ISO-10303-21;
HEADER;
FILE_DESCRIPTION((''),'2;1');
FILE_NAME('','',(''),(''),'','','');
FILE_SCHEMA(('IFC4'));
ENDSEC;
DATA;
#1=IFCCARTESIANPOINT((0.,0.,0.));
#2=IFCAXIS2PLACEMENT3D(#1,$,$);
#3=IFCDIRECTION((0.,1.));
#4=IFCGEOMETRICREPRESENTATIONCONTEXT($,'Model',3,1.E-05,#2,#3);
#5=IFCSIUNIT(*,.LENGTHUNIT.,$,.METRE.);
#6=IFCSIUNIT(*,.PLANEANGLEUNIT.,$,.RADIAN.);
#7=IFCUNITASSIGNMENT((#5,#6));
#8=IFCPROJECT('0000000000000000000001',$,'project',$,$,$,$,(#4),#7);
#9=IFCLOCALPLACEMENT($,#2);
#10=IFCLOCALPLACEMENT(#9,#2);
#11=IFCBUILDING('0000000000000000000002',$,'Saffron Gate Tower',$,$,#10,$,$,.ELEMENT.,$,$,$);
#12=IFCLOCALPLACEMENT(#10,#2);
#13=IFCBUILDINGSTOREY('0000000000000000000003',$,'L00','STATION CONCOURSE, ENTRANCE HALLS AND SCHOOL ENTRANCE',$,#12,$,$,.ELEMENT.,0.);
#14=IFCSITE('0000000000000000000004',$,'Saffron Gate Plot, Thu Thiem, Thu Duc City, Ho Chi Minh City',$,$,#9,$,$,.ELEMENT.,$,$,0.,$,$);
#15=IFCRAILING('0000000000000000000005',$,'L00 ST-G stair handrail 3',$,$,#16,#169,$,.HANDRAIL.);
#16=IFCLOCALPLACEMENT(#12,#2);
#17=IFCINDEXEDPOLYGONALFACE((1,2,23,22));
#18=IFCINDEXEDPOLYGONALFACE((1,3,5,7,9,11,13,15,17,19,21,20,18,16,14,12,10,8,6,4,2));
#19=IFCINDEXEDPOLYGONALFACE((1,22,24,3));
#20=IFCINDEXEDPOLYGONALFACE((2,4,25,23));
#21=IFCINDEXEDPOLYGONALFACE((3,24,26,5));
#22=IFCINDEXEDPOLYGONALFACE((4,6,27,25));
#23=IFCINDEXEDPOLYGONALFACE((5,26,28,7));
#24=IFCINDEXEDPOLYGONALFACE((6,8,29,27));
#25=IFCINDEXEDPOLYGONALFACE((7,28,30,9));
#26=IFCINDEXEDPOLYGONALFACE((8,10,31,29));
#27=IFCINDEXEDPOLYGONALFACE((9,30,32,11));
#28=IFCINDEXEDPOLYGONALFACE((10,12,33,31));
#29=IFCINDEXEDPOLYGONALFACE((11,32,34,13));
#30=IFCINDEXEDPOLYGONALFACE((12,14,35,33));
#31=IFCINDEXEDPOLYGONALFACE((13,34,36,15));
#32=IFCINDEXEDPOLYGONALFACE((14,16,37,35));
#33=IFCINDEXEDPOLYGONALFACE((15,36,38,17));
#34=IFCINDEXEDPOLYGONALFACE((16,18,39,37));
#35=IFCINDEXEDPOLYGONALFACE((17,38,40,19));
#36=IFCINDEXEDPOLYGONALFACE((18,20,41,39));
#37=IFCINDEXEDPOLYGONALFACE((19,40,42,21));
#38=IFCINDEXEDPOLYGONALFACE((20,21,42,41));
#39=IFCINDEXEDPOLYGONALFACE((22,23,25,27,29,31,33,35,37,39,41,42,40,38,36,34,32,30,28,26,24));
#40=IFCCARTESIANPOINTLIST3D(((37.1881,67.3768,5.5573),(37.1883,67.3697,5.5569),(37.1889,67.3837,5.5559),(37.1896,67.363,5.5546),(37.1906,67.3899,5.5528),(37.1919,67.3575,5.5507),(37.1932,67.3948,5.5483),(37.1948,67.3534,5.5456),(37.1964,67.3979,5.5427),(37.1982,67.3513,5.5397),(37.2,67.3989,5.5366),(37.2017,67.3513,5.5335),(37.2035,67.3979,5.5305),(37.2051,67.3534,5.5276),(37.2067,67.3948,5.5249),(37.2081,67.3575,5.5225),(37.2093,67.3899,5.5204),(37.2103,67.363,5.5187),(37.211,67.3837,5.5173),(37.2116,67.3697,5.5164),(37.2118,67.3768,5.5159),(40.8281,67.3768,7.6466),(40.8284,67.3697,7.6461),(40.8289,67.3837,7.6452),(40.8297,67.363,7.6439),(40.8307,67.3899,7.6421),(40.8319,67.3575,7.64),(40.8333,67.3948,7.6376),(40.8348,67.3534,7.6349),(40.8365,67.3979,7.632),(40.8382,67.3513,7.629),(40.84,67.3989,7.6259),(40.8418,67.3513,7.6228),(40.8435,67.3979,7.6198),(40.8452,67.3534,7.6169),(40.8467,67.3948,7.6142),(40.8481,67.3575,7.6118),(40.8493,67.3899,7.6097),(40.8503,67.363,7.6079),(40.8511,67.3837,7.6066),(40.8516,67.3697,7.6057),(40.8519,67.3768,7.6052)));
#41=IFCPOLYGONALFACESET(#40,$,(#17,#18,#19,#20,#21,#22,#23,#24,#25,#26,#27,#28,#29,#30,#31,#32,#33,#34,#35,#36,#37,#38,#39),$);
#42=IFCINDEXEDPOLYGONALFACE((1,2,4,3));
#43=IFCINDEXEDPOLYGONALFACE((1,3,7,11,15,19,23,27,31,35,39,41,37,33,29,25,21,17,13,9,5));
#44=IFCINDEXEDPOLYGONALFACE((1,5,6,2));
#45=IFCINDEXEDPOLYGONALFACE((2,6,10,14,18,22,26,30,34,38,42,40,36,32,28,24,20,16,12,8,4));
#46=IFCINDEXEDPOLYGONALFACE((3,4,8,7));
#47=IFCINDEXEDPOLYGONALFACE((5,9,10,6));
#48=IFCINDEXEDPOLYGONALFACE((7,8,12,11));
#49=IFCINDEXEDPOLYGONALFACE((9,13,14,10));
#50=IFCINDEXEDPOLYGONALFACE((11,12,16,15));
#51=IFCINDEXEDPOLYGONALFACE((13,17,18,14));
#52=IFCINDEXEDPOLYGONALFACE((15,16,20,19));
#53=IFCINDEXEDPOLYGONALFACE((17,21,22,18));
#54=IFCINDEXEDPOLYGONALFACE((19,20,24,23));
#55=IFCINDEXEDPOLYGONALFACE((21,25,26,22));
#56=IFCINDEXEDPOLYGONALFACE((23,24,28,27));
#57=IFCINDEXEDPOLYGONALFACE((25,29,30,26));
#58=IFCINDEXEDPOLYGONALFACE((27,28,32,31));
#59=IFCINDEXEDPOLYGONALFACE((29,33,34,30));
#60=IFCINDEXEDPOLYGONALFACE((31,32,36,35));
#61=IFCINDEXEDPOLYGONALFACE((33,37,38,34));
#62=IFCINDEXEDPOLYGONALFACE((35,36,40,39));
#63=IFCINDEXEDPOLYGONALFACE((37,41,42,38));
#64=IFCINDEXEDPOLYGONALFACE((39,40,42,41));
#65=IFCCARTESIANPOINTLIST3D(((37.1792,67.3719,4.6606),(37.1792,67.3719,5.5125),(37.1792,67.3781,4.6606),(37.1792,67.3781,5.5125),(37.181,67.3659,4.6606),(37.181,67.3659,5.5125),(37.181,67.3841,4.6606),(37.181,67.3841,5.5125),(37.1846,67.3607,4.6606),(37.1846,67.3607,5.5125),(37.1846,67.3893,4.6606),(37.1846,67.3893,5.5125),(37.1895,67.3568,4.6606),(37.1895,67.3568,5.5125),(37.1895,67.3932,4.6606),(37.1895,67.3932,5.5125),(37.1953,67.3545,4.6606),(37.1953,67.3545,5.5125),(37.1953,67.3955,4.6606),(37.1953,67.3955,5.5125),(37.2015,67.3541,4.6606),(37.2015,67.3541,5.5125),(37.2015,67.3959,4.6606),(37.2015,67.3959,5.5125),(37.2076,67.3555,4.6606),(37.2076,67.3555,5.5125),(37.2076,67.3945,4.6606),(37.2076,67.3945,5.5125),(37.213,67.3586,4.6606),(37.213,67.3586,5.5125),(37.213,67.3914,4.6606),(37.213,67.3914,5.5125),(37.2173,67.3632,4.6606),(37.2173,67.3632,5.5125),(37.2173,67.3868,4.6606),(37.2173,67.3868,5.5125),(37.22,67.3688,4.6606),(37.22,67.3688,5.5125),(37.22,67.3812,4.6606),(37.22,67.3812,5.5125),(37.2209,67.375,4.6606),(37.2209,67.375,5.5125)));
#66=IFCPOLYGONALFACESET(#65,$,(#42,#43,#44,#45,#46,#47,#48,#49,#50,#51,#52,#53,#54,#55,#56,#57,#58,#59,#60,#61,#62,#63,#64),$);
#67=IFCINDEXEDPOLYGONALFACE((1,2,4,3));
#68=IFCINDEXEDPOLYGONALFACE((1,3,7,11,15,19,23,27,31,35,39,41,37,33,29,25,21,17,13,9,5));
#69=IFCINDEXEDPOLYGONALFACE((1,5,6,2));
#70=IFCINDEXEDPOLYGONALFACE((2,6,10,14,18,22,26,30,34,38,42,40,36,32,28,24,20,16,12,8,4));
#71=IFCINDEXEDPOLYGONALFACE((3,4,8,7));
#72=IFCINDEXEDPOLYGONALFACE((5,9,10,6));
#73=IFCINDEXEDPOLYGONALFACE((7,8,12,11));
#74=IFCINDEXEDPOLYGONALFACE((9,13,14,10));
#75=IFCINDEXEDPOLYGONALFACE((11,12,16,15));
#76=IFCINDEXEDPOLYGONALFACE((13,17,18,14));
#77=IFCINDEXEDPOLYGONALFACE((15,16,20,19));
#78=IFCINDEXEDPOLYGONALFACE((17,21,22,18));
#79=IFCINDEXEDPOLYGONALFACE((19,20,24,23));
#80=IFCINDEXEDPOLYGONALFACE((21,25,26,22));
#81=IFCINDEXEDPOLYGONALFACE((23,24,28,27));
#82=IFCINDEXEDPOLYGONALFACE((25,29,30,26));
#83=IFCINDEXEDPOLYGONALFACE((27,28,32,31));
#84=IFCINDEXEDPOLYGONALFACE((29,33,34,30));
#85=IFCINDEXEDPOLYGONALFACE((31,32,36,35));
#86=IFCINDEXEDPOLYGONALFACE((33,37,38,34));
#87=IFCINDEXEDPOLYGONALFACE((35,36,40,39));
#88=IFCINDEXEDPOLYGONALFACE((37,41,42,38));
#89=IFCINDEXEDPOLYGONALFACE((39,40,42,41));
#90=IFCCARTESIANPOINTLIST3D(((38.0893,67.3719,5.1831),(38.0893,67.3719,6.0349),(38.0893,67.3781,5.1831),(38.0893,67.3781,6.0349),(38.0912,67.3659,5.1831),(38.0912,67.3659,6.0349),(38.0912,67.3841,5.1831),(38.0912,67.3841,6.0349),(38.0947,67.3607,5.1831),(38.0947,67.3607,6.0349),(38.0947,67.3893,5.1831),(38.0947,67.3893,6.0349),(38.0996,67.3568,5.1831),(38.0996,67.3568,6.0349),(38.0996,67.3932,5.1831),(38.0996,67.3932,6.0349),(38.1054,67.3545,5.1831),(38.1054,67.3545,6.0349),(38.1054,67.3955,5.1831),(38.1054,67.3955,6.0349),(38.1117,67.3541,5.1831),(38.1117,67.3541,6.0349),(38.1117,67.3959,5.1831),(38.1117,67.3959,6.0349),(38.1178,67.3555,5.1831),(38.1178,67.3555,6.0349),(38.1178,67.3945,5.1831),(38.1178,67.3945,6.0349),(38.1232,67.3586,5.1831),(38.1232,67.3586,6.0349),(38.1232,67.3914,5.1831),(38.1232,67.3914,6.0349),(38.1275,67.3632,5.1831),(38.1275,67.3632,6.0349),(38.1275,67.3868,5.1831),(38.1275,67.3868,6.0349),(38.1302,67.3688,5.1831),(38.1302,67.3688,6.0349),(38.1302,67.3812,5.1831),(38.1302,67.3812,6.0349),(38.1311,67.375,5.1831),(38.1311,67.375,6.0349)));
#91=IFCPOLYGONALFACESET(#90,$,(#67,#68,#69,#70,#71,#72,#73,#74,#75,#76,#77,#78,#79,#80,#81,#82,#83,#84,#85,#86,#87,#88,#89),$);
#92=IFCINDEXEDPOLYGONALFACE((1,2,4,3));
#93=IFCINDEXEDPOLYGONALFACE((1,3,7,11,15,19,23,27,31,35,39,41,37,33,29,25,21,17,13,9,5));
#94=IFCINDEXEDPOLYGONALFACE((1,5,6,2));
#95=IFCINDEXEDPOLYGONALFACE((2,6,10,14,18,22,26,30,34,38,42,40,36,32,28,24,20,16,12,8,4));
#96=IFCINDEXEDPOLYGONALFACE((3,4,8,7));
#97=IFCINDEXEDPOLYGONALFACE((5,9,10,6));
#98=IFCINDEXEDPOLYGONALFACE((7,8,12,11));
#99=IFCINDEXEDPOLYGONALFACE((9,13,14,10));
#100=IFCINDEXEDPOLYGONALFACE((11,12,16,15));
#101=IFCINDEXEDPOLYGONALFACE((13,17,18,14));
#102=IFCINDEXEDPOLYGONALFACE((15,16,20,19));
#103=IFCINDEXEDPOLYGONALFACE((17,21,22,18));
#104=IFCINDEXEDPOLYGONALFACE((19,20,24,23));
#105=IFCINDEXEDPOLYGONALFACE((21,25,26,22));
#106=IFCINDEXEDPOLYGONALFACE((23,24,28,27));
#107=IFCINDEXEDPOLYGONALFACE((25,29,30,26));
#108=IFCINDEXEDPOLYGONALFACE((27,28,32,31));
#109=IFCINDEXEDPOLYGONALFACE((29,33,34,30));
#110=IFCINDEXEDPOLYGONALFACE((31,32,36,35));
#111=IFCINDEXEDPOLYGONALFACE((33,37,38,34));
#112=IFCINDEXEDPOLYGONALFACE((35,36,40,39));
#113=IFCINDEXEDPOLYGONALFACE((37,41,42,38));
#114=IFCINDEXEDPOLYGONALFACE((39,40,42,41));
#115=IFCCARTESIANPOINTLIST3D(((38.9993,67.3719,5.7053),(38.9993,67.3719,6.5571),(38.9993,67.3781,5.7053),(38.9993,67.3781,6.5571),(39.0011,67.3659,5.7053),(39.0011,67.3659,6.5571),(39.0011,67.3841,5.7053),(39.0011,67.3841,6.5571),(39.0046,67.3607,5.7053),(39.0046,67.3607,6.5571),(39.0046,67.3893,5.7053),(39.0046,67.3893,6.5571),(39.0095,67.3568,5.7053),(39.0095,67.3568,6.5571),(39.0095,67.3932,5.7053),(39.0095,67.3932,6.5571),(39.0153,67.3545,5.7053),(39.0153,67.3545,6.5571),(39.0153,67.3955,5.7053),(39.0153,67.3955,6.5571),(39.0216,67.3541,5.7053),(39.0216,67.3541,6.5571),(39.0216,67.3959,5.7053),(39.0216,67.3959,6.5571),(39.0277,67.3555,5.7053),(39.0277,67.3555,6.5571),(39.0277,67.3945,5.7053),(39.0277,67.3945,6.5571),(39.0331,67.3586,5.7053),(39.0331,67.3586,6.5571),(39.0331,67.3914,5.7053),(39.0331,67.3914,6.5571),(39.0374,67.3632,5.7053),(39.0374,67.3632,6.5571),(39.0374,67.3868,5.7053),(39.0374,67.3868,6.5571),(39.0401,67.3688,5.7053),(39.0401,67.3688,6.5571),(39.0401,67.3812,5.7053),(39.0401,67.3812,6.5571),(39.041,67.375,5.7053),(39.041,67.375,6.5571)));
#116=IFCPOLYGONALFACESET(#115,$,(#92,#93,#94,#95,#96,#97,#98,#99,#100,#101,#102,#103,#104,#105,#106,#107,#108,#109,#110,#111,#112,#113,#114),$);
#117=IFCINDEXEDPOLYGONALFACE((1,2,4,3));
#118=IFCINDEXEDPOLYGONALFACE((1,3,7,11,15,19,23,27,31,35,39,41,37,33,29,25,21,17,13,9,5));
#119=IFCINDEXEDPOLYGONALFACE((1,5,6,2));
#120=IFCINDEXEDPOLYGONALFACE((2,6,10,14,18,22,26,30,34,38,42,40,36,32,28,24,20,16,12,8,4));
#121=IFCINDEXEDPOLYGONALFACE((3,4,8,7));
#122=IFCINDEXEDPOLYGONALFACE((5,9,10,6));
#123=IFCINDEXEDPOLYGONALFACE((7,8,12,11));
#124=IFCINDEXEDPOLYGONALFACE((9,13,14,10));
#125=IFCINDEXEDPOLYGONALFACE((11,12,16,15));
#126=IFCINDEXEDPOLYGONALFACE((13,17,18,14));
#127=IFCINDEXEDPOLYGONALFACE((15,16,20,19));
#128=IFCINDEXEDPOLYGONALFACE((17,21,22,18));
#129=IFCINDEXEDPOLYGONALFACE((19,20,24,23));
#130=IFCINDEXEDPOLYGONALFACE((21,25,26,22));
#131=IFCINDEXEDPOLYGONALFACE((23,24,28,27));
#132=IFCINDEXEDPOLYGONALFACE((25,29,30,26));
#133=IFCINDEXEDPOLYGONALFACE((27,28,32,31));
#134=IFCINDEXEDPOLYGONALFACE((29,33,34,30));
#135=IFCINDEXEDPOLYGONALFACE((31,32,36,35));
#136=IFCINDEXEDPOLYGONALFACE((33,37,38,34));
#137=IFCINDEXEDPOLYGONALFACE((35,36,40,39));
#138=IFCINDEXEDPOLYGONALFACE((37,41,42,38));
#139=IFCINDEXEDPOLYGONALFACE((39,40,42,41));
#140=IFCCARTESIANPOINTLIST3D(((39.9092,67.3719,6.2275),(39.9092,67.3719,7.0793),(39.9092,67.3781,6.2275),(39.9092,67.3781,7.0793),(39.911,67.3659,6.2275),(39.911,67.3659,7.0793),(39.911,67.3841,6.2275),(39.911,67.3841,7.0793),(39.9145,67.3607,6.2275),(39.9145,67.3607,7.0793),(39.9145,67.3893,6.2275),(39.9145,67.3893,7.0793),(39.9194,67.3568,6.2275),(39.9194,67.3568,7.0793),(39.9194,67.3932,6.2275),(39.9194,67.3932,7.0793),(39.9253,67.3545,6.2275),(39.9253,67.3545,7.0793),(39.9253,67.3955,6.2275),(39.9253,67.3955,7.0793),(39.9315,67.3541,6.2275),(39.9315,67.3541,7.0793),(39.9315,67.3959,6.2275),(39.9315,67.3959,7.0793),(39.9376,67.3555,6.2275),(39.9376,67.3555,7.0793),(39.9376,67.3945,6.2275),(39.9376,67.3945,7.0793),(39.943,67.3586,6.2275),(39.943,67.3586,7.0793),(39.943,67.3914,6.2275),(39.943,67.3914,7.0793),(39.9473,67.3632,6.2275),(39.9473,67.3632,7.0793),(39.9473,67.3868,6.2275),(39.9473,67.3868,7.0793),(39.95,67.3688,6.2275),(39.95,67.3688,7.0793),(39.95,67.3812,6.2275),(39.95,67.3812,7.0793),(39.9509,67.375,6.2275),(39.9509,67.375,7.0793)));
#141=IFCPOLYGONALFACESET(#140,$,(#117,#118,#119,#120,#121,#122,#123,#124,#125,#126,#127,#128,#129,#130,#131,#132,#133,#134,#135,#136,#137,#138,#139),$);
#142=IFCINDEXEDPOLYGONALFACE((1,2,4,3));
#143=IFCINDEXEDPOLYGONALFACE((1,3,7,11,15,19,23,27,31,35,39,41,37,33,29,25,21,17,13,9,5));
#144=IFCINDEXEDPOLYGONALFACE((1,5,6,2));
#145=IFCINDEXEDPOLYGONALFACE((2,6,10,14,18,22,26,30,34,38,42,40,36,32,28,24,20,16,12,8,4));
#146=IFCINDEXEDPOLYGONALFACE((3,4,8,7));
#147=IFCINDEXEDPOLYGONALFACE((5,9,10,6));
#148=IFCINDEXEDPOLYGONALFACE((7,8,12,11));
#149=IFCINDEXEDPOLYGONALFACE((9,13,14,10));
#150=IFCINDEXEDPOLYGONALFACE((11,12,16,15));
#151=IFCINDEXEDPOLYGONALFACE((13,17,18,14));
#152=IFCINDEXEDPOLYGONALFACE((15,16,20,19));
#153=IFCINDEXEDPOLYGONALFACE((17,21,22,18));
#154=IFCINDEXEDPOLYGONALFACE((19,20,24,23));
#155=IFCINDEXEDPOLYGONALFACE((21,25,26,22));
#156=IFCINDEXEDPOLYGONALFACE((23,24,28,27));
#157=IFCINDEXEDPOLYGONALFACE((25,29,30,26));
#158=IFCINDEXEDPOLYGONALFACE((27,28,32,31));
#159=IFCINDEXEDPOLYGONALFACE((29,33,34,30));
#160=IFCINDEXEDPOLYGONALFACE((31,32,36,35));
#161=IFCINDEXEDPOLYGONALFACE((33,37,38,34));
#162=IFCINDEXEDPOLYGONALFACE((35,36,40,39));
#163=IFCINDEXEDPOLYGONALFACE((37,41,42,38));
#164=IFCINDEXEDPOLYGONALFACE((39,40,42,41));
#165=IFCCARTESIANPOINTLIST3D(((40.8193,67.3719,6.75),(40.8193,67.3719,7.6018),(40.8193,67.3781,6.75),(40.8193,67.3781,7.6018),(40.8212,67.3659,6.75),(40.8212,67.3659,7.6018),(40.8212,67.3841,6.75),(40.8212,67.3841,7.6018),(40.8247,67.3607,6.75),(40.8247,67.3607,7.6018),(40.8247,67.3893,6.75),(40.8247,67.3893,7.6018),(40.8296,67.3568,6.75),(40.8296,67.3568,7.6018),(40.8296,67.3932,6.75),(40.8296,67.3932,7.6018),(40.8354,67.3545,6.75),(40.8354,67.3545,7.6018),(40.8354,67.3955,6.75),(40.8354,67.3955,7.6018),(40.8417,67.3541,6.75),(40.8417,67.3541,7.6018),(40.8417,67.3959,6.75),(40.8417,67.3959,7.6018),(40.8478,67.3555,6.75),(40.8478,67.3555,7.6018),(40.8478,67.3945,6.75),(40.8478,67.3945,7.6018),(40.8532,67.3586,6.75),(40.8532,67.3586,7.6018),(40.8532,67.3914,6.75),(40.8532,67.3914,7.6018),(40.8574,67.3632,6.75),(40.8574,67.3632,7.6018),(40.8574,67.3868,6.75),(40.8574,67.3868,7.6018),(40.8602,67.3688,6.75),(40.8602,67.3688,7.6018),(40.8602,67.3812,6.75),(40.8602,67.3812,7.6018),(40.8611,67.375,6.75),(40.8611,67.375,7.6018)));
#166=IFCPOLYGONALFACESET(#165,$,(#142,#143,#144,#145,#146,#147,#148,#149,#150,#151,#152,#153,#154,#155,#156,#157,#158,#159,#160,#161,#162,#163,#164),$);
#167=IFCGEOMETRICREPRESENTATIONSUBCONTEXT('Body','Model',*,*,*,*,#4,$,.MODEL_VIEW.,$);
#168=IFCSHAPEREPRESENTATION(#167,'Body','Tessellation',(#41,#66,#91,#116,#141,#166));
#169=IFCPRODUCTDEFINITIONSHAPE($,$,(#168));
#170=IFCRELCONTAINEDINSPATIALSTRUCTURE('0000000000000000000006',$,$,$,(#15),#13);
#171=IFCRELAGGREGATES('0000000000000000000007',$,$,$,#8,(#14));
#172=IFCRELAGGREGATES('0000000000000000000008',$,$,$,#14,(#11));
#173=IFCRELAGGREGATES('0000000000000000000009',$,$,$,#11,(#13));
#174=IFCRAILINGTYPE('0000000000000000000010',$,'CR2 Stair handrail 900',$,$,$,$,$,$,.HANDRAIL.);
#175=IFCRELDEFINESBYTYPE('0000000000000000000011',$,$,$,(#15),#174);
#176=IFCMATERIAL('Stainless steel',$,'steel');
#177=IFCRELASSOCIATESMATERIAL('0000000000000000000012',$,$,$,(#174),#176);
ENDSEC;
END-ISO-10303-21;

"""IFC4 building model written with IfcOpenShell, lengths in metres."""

from ifc_helpers import new_model, si_unit, direction, frame, origin, origin_2d, place, context, subcontext, project, spatial, circle, extrude, material, type_object, element, save


model = new_model("IFC4")

# Units and contexts
model_context = context("Model", 3, precision=1e-05, world=origin(), true_north=direction((0.0, 1.0)))
body_context = subcontext(model_context, "Body", "Model", "MODEL_VIEW")
ifc_project = project(units=[si_unit("LENGTHUNIT", "METRE"), si_unit("PLANEANGLEUNIT", "RADIAN")], contexts=[model_context])

# Site, building, storey
site_placement = place(None, origin())
site = spatial("IfcSite", under=ifc_project, at=site_placement, Name="Saffron Gate Plot, Thu Thiem, Thu Duc City, Ho Chi Minh City", CompositionType="ELEMENT", RefElevation=0.0)
building_placement = place(site_placement, origin())
building = spatial("IfcBuilding", under=site, at=building_placement, Name="Saffron Gate Tower", CompositionType="ELEMENT")
storey_placement = place(building_placement, origin())
storey = spatial("IfcBuildingStorey", under=building, at=storey_placement, Name="L00", Description="STATION CONCOURSE, ENTRANCE HALLS AND SCHOOL ENTRANCE", CompositionType="ELEMENT", Elevation=0.0)

# Railing
ifc_material_1 = material(Name="Stainless steel", Category="steel")
railing_type_1 = type_object("IfcRailingType", Name="CR2 Stair handrail 900", PredefinedType="HANDRAIL", material=ifc_material_1)
railing_1_placement = place(storey_placement, frame((37.2, 67.375, 4.6606)))
element("IfcRailing", 1, at=railing_1_placement, inside=storey, type_object=railing_type_1, Name="L00 ST-G stair handrail 3", PredefinedType="HANDRAIL", context=body_context, shape_type="SweptSolid", body=[
    extrude(circle(Radius=0.0239, at=origin_2d()), frame((0.0, 0.0, 0.876), z_axis=(0.867289, 0.0, 0.497804), x_axis=(0.0, 1.0, 0.0)), (0.0, 0.0, 1.0), 4.197),
    extrude(circle(Radius=0.021, at=origin_2d()), origin(), (0.0, 0.0, 1.0), 0.8518),
    extrude(circle(Radius=0.021, at=origin_2d()), frame((0.9102, 0.0, 0.5225)), (0.0, 0.0, 1.0), 0.8518),
    extrude(circle(Radius=0.021, at=origin_2d()), frame((1.8201, 0.0, 1.0447)), (0.0, 0.0, 1.0), 0.8518),
    extrude(circle(Radius=0.021, at=origin_2d()), frame((2.73, 0.0, 1.5669)), (0.0, 0.0, 1.0), 0.8518),
    extrude(circle(Radius=0.021, at=origin_2d()), frame((3.6401, 0.0, 2.0894)), (0.0, 0.0, 1.0), 0.8518),
])

save(model, "model.ifc")
